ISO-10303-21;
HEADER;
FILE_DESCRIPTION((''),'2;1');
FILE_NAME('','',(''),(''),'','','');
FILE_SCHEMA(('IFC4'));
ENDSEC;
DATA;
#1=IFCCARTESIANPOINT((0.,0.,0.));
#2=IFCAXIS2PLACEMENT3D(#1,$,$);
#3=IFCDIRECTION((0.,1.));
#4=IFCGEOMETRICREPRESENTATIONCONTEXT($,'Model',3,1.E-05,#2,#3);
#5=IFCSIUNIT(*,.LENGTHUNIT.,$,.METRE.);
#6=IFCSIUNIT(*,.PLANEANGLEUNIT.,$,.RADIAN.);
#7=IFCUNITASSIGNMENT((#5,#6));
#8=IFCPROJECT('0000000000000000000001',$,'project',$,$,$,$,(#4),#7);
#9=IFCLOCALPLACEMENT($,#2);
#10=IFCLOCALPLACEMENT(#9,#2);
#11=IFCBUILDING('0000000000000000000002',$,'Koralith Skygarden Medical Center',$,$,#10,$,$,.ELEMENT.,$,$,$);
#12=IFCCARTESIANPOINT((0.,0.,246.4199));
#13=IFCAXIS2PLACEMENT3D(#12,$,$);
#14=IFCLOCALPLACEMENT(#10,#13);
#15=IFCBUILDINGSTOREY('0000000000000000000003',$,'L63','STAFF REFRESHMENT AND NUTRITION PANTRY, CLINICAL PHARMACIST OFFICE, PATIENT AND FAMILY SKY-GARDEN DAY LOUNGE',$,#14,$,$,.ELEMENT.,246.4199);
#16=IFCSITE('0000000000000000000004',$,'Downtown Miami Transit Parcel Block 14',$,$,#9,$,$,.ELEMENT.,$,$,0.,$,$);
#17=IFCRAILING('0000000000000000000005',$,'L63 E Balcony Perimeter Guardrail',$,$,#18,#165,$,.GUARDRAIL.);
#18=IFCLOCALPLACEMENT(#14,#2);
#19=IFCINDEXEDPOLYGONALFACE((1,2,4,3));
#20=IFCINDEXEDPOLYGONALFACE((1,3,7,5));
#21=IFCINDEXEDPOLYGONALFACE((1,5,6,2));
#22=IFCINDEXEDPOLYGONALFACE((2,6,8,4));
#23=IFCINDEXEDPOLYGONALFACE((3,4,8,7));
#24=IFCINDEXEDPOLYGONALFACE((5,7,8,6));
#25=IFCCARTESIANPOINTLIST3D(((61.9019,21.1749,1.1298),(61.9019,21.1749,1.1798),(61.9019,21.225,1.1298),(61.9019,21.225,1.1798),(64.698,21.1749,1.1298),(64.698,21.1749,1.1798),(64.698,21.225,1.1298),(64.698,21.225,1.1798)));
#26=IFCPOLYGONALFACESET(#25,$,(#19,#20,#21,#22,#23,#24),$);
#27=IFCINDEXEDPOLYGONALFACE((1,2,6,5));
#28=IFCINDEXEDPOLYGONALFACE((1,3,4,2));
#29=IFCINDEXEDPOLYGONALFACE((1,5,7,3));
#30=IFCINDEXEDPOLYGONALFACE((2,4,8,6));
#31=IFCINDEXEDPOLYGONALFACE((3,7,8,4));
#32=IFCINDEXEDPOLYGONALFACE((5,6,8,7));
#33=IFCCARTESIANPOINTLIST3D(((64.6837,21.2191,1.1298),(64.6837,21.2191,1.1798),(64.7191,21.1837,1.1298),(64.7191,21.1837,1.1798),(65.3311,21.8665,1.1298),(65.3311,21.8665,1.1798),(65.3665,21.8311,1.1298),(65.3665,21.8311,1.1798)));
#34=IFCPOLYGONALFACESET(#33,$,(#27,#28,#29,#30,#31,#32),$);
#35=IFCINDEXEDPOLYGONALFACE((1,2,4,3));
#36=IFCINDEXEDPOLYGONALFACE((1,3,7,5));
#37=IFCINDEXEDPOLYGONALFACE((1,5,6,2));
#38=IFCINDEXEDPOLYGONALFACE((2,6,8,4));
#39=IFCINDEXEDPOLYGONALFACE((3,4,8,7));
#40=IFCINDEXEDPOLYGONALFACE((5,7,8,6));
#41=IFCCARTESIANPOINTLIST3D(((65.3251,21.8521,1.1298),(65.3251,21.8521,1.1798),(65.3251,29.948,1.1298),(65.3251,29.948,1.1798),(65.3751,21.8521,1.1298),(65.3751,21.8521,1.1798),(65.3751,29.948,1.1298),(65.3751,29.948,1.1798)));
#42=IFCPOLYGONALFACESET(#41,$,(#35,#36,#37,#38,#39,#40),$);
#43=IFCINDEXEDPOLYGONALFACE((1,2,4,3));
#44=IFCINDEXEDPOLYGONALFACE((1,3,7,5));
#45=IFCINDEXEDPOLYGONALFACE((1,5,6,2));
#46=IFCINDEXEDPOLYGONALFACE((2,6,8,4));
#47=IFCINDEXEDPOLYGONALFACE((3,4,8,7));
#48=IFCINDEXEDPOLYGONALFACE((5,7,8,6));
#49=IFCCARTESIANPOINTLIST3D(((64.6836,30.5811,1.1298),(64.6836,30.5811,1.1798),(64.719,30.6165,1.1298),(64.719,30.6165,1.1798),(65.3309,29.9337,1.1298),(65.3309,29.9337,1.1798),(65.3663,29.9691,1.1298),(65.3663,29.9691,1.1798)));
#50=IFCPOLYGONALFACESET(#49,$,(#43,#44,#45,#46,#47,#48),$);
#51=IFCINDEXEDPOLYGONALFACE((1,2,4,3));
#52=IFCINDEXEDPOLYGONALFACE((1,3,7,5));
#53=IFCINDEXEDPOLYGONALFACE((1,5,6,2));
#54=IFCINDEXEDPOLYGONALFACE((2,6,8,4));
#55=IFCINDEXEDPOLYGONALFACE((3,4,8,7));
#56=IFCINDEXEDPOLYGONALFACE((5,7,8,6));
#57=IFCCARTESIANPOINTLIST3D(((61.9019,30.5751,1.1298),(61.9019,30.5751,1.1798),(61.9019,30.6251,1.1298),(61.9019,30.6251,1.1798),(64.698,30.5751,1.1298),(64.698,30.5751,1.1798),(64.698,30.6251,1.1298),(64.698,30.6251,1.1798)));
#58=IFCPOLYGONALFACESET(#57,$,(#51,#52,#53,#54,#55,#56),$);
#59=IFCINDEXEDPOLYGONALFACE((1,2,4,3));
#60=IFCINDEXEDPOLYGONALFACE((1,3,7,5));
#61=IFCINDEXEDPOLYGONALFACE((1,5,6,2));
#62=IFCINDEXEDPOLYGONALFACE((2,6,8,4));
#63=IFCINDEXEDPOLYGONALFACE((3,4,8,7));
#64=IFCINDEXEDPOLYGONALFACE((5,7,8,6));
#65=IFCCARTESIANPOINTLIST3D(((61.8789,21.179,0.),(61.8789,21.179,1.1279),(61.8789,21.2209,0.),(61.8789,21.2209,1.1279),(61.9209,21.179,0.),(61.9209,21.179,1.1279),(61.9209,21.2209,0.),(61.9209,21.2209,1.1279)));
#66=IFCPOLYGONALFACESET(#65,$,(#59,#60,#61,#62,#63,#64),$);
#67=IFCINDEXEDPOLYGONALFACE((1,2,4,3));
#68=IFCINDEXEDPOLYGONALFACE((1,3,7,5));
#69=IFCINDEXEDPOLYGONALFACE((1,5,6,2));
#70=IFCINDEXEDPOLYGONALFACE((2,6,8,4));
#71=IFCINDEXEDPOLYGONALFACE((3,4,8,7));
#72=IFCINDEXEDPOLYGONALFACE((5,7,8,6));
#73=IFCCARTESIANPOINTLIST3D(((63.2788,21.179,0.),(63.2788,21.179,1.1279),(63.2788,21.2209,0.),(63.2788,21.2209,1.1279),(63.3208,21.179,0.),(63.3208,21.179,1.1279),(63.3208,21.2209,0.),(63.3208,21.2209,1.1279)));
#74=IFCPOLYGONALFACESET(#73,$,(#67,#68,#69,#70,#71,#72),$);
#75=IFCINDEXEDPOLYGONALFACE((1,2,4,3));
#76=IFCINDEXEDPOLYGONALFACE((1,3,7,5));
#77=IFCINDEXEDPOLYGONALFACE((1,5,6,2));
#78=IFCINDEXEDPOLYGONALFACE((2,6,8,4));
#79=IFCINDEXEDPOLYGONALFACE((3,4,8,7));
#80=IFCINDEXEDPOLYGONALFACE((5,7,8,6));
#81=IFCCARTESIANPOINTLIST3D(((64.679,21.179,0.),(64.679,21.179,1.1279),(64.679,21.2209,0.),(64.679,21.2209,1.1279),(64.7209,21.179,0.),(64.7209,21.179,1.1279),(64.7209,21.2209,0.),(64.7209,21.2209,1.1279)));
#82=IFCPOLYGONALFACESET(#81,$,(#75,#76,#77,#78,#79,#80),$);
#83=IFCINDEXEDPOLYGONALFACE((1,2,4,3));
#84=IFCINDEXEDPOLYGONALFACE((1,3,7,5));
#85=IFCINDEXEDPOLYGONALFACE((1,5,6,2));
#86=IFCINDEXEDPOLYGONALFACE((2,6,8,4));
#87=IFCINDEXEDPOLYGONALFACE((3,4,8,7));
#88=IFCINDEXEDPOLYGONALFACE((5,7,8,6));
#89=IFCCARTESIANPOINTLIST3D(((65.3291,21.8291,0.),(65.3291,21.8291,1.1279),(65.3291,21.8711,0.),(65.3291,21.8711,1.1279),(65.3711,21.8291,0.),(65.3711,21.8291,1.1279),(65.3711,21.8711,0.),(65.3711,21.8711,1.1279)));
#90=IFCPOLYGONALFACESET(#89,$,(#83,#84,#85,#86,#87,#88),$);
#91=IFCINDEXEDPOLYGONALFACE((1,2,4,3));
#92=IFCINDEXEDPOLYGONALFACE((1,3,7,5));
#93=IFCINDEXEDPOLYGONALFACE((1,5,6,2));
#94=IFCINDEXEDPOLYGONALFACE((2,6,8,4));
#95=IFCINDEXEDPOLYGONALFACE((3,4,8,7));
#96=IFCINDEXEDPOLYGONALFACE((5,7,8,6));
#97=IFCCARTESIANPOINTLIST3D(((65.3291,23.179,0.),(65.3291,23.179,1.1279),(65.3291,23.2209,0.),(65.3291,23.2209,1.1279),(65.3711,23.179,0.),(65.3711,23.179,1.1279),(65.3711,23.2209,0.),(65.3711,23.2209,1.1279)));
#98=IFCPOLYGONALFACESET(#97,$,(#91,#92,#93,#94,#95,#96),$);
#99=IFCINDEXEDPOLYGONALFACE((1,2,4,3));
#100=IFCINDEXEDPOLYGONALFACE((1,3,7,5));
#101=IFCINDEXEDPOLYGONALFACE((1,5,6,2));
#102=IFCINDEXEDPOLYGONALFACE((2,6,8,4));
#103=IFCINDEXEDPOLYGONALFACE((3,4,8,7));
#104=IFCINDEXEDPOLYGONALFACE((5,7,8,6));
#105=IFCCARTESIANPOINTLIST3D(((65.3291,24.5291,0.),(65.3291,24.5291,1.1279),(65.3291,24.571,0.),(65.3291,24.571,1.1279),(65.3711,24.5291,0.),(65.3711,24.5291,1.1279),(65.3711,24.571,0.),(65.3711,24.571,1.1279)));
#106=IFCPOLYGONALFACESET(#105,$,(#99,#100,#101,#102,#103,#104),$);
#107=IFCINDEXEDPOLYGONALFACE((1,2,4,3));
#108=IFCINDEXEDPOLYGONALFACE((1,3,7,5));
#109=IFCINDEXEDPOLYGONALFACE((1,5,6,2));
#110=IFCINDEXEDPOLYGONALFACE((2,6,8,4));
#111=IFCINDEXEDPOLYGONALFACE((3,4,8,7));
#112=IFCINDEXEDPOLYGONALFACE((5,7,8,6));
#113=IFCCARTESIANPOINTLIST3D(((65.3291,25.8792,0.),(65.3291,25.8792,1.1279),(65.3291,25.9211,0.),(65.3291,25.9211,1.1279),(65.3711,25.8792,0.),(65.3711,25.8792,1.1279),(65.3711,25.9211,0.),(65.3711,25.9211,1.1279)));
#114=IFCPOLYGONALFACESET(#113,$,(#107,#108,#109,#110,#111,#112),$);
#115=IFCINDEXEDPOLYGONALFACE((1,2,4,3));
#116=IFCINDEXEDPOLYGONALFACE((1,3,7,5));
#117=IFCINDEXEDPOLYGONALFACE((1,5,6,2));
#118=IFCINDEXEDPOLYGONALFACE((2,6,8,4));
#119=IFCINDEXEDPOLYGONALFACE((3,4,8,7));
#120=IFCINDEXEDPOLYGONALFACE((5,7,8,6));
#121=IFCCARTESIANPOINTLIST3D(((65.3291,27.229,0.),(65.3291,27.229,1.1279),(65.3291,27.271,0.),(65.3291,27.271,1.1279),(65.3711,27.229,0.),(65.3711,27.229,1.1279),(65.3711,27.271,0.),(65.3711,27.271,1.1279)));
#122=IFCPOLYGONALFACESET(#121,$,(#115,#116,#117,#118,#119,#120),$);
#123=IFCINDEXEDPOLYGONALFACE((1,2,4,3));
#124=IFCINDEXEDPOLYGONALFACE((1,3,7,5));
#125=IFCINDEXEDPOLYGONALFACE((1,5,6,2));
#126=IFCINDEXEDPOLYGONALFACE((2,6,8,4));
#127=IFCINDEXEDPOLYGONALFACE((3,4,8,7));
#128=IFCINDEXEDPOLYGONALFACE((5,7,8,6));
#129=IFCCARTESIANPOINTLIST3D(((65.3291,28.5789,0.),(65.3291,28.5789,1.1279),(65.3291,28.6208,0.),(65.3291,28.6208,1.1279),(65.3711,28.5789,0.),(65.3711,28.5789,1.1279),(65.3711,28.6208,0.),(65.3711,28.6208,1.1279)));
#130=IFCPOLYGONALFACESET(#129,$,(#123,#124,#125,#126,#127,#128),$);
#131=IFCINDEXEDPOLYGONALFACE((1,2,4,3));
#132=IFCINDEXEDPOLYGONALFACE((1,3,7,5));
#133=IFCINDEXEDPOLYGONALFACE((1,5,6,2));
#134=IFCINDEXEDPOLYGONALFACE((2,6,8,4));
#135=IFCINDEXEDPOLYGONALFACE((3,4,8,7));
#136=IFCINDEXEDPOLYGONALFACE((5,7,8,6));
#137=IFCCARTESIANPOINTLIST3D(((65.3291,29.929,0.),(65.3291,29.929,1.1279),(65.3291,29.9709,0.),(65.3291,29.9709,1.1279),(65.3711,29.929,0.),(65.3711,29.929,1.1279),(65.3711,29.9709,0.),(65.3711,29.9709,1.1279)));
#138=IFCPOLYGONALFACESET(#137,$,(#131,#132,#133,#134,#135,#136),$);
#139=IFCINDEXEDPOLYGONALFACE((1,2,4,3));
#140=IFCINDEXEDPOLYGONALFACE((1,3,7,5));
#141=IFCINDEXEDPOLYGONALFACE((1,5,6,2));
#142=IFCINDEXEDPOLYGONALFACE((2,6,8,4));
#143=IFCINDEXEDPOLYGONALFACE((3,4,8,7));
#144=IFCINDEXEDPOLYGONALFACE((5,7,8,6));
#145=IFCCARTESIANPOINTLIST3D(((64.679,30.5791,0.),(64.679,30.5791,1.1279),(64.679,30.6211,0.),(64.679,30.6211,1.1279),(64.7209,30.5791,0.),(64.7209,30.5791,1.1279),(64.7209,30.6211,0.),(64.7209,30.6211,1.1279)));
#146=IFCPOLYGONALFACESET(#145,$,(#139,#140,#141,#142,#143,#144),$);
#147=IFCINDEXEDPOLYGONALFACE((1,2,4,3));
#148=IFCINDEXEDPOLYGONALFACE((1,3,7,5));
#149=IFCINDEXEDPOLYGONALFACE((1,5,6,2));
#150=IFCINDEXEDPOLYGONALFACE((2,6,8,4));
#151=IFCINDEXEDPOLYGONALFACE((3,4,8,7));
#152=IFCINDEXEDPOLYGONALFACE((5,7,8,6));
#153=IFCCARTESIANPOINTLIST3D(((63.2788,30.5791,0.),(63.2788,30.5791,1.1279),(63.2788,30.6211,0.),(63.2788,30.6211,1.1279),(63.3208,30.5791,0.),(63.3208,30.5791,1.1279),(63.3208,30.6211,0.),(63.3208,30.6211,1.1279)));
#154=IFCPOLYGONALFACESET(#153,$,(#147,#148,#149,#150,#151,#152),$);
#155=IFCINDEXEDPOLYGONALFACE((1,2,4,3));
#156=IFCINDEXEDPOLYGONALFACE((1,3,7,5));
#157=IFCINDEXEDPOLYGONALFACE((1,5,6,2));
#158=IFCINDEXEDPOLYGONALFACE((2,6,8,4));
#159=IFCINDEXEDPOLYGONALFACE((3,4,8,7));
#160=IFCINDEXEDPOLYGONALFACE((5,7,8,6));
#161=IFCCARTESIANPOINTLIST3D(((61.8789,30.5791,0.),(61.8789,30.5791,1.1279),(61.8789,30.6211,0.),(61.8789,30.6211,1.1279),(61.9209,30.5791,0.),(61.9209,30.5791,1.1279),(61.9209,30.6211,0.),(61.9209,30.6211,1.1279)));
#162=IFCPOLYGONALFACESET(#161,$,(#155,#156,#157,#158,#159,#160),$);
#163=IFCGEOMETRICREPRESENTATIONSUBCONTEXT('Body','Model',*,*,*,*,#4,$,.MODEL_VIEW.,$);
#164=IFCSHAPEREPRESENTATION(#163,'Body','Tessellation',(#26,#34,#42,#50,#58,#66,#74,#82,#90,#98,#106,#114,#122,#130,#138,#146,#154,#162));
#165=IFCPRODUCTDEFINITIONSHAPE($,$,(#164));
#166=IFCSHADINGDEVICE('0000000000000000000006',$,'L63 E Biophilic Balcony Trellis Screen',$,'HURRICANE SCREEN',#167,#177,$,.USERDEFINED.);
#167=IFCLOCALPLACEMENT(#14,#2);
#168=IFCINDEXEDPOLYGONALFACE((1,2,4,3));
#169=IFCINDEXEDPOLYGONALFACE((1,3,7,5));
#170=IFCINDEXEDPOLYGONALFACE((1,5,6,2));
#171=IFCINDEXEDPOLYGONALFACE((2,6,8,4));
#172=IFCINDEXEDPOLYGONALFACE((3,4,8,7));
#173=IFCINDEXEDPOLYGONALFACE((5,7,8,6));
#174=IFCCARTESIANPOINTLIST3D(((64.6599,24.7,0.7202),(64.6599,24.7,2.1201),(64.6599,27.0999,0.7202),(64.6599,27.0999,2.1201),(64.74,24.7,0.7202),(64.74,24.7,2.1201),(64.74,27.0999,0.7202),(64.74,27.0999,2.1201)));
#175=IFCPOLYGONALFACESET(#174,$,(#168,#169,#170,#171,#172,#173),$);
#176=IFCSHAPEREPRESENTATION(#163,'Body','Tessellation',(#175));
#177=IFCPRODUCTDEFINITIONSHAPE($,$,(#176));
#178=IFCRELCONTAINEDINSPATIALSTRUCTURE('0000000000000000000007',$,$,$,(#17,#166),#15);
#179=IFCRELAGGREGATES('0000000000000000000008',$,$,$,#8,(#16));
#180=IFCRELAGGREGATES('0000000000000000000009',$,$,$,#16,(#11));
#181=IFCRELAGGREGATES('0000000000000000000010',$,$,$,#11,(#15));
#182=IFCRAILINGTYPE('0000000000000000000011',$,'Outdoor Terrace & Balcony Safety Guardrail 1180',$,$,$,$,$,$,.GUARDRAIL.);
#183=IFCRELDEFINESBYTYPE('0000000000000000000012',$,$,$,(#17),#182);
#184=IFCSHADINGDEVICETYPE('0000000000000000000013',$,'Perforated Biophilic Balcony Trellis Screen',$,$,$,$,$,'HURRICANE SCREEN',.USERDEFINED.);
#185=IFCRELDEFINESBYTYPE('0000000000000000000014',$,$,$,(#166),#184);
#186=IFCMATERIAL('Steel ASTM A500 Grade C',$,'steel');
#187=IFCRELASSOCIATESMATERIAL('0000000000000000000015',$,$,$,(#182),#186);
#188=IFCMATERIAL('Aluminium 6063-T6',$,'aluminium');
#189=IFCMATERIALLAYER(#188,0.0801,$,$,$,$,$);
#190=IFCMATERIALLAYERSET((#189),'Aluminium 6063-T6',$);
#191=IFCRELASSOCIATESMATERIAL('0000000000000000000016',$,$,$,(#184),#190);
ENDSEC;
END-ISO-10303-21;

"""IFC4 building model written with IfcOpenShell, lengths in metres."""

from ifc_helpers import new_model, si_unit, direction, frame, origin, origin_2d, place, context, subcontext, project, spatial, rectangle, extrude, material, layer, layer_set, type_object, element, save


model = new_model("IFC4")

# Units and contexts
model_context = context("Model", 3, precision=1e-05, world=origin(), true_north=direction((0.0, 1.0)))
body_context = subcontext(model_context, "Body", "Model", "MODEL_VIEW")
ifc_project = project(units=[si_unit("LENGTHUNIT", "METRE"), si_unit("PLANEANGLEUNIT", "RADIAN")], contexts=[model_context])

# Site, building, storey
site_placement = place(None, origin())
site = spatial("IfcSite", under=ifc_project, at=site_placement, Name="Downtown Miami Transit Parcel Block 14", CompositionType="ELEMENT", RefElevation=0.0)
building_placement = place(site_placement, origin())
building = spatial("IfcBuilding", under=site, at=building_placement, Name="Koralith Skygarden Medical Center", CompositionType="ELEMENT")
storey_placement = place(building_placement, frame((0.0, 0.0, 246.4199)))
storey = spatial("IfcBuildingStorey", under=building, at=storey_placement, Name="L63", Description="STAFF REFRESHMENT AND NUTRITION PANTRY, CLINICAL PHARMACIST OFFICE, PATIENT AND FAMILY SKY-GARDEN DAY LOUNGE", CompositionType="ELEMENT", Elevation=246.4199)

# Shared definitions
ifc_material_1 = material(Name="Aluminium 6063-T6", Category="aluminium")

# Railing
ifc_material_2 = material(Name="Steel ASTM A500 Grade C", Category="steel")
railing_type = type_object("IfcRailingType", Name="Outdoor Terrace & Balcony Safety Guardrail 1180", PredefinedType="GUARDRAIL", material=ifc_material_2)
railing_placement = place(storey_placement, frame((61.8999, 21.2, 0.0)))
element("IfcRailing", 1, at=railing_placement, inside=storey, type_object=railing_type, Name="L63 E Balcony Perimeter Guardrail", PredefinedType="GUARDRAIL", context=body_context, shape_type="SweptSolid", body=[
    extrude(rectangle(XDim=0.05, YDim=0.05, at=origin_2d()), frame((0.002, 0.0, 1.1548), z_axis=(1.0, 0.0, 0.0), x_axis=(0.0, 1.0, 0.0)), (0.0, 0.0, 1.0), 2.7961),
    extrude(rectangle(XDim=0.05, YDim=0.05, at=origin_2d()), frame((2.8015, 0.0015, 1.1548), z_axis=(0.707107, 0.707107, 0.0), x_axis=(-0.707107, 0.707107, 0.0)), (0.0, 0.0, 1.0), 0.9155),
    extrude(rectangle(XDim=0.05, YDim=0.05, at=origin_2d()), frame((3.4502, 0.6521, 1.1548), z_axis=(0.0, 1.0, 0.0), x_axis=(-1.0, 0.0, 0.0)), (0.0, 0.0, 1.0), 8.0959),
    extrude(rectangle(XDim=0.05, YDim=0.05, at=origin_2d()), frame((3.4487, 8.7515, 1.1548), z_axis=(-0.707107, 0.707107, 0.0), x_axis=(-0.707107, -0.707107, 0.0)), (0.0, 0.0, 1.0), 0.9155),
    extrude(rectangle(XDim=0.05, YDim=0.05, at=origin_2d()), frame((2.7981, 9.4001, 1.1548), z_axis=(-1.0, 0.0, 0.0), x_axis=(0.0, -1.0, 0.0)), (0.0, 0.0, 1.0), 2.7961),
    extrude(rectangle(XDim=0.042, YDim=0.042, at=origin_2d()), origin(), (0.0, 0.0, 1.0), 1.1279),
    extrude(rectangle(XDim=0.042, YDim=0.042, at=origin_2d()), frame((1.3999, 0.0, 0.0)), (0.0, 0.0, 1.0), 1.1279),
    extrude(rectangle(XDim=0.042, YDim=0.042, at=origin_2d()), frame((2.8, 0.0, 0.0)), (0.0, 0.0, 1.0), 1.1279),
    extrude(rectangle(XDim=0.042, YDim=0.042, at=origin_2d()), frame((3.4502, 0.6501, 0.0)), (0.0, 0.0, 1.0), 1.1279),
    extrude(rectangle(XDim=0.042, YDim=0.042, at=origin_2d()), frame((3.4502, 2.0, 0.0)), (0.0, 0.0, 1.0), 1.1279),
    extrude(rectangle(XDim=0.042, YDim=0.042, at=origin_2d()), frame((3.4502, 3.3501, 0.0)), (0.0, 0.0, 1.0), 1.1279),
    extrude(rectangle(XDim=0.042, YDim=0.042, at=origin_2d()), frame((3.4502, 4.7002, 0.0)), (0.0, 0.0, 1.0), 1.1279),
    extrude(rectangle(XDim=0.042, YDim=0.042, at=origin_2d()), frame((3.4502, 6.05, 0.0)), (0.0, 0.0, 1.0), 1.1279),
    extrude(rectangle(XDim=0.042, YDim=0.042, at=origin_2d()), frame((3.4502, 7.3999, 0.0)), (0.0, 0.0, 1.0), 1.1279),
    extrude(rectangle(XDim=0.042, YDim=0.042, at=origin_2d()), frame((3.4502, 8.75, 0.0)), (0.0, 0.0, 1.0), 1.1279),
    extrude(rectangle(XDim=0.042, YDim=0.042, at=origin_2d()), frame((2.8, 9.4001, 0.0)), (0.0, 0.0, 1.0), 1.1279),
    extrude(rectangle(XDim=0.042, YDim=0.042, at=origin_2d()), frame((1.3999, 9.4001, 0.0)), (0.0, 0.0, 1.0), 1.1279),
    extrude(rectangle(XDim=0.042, YDim=0.042, at=origin_2d()), frame((0.0, 9.4001, 0.0)), (0.0, 0.0, 1.0), 1.1279),
])

# Shading device
ifc_layer_1 = layer(ifc_material_1, 0.0801)
ifc_layer_set_1 = layer_set([ifc_layer_1], Name="Aluminium 6063-T6")
shading_device_type = type_object("IfcShadingDeviceType", Name="Perforated Biophilic Balcony Trellis Screen", ElementType="HURRICANE SCREEN", PredefinedType="USERDEFINED", material=ifc_layer_set_1)
shading_device_placement = place(storey_placement, frame((64.7, 25.8999, 0.7202), z_axis=(0.0, 0.0, 1.0), x_axis=(0.0, 1.0, 0.0)))
element("IfcShadingDevice", 2, at=shading_device_placement, inside=storey, type_object=shading_device_type, Name="L63 E Biophilic Balcony Trellis Screen", ObjectType="HURRICANE SCREEN", PredefinedType="USERDEFINED", context=body_context, shape_type="SweptSolid", body=[
    extrude(rectangle(XDim=2.3999, YDim=0.0801, at=origin_2d()), origin(), (0.0, 0.0, 1.0), 1.3999),
])

save(model, "model.ifc")
